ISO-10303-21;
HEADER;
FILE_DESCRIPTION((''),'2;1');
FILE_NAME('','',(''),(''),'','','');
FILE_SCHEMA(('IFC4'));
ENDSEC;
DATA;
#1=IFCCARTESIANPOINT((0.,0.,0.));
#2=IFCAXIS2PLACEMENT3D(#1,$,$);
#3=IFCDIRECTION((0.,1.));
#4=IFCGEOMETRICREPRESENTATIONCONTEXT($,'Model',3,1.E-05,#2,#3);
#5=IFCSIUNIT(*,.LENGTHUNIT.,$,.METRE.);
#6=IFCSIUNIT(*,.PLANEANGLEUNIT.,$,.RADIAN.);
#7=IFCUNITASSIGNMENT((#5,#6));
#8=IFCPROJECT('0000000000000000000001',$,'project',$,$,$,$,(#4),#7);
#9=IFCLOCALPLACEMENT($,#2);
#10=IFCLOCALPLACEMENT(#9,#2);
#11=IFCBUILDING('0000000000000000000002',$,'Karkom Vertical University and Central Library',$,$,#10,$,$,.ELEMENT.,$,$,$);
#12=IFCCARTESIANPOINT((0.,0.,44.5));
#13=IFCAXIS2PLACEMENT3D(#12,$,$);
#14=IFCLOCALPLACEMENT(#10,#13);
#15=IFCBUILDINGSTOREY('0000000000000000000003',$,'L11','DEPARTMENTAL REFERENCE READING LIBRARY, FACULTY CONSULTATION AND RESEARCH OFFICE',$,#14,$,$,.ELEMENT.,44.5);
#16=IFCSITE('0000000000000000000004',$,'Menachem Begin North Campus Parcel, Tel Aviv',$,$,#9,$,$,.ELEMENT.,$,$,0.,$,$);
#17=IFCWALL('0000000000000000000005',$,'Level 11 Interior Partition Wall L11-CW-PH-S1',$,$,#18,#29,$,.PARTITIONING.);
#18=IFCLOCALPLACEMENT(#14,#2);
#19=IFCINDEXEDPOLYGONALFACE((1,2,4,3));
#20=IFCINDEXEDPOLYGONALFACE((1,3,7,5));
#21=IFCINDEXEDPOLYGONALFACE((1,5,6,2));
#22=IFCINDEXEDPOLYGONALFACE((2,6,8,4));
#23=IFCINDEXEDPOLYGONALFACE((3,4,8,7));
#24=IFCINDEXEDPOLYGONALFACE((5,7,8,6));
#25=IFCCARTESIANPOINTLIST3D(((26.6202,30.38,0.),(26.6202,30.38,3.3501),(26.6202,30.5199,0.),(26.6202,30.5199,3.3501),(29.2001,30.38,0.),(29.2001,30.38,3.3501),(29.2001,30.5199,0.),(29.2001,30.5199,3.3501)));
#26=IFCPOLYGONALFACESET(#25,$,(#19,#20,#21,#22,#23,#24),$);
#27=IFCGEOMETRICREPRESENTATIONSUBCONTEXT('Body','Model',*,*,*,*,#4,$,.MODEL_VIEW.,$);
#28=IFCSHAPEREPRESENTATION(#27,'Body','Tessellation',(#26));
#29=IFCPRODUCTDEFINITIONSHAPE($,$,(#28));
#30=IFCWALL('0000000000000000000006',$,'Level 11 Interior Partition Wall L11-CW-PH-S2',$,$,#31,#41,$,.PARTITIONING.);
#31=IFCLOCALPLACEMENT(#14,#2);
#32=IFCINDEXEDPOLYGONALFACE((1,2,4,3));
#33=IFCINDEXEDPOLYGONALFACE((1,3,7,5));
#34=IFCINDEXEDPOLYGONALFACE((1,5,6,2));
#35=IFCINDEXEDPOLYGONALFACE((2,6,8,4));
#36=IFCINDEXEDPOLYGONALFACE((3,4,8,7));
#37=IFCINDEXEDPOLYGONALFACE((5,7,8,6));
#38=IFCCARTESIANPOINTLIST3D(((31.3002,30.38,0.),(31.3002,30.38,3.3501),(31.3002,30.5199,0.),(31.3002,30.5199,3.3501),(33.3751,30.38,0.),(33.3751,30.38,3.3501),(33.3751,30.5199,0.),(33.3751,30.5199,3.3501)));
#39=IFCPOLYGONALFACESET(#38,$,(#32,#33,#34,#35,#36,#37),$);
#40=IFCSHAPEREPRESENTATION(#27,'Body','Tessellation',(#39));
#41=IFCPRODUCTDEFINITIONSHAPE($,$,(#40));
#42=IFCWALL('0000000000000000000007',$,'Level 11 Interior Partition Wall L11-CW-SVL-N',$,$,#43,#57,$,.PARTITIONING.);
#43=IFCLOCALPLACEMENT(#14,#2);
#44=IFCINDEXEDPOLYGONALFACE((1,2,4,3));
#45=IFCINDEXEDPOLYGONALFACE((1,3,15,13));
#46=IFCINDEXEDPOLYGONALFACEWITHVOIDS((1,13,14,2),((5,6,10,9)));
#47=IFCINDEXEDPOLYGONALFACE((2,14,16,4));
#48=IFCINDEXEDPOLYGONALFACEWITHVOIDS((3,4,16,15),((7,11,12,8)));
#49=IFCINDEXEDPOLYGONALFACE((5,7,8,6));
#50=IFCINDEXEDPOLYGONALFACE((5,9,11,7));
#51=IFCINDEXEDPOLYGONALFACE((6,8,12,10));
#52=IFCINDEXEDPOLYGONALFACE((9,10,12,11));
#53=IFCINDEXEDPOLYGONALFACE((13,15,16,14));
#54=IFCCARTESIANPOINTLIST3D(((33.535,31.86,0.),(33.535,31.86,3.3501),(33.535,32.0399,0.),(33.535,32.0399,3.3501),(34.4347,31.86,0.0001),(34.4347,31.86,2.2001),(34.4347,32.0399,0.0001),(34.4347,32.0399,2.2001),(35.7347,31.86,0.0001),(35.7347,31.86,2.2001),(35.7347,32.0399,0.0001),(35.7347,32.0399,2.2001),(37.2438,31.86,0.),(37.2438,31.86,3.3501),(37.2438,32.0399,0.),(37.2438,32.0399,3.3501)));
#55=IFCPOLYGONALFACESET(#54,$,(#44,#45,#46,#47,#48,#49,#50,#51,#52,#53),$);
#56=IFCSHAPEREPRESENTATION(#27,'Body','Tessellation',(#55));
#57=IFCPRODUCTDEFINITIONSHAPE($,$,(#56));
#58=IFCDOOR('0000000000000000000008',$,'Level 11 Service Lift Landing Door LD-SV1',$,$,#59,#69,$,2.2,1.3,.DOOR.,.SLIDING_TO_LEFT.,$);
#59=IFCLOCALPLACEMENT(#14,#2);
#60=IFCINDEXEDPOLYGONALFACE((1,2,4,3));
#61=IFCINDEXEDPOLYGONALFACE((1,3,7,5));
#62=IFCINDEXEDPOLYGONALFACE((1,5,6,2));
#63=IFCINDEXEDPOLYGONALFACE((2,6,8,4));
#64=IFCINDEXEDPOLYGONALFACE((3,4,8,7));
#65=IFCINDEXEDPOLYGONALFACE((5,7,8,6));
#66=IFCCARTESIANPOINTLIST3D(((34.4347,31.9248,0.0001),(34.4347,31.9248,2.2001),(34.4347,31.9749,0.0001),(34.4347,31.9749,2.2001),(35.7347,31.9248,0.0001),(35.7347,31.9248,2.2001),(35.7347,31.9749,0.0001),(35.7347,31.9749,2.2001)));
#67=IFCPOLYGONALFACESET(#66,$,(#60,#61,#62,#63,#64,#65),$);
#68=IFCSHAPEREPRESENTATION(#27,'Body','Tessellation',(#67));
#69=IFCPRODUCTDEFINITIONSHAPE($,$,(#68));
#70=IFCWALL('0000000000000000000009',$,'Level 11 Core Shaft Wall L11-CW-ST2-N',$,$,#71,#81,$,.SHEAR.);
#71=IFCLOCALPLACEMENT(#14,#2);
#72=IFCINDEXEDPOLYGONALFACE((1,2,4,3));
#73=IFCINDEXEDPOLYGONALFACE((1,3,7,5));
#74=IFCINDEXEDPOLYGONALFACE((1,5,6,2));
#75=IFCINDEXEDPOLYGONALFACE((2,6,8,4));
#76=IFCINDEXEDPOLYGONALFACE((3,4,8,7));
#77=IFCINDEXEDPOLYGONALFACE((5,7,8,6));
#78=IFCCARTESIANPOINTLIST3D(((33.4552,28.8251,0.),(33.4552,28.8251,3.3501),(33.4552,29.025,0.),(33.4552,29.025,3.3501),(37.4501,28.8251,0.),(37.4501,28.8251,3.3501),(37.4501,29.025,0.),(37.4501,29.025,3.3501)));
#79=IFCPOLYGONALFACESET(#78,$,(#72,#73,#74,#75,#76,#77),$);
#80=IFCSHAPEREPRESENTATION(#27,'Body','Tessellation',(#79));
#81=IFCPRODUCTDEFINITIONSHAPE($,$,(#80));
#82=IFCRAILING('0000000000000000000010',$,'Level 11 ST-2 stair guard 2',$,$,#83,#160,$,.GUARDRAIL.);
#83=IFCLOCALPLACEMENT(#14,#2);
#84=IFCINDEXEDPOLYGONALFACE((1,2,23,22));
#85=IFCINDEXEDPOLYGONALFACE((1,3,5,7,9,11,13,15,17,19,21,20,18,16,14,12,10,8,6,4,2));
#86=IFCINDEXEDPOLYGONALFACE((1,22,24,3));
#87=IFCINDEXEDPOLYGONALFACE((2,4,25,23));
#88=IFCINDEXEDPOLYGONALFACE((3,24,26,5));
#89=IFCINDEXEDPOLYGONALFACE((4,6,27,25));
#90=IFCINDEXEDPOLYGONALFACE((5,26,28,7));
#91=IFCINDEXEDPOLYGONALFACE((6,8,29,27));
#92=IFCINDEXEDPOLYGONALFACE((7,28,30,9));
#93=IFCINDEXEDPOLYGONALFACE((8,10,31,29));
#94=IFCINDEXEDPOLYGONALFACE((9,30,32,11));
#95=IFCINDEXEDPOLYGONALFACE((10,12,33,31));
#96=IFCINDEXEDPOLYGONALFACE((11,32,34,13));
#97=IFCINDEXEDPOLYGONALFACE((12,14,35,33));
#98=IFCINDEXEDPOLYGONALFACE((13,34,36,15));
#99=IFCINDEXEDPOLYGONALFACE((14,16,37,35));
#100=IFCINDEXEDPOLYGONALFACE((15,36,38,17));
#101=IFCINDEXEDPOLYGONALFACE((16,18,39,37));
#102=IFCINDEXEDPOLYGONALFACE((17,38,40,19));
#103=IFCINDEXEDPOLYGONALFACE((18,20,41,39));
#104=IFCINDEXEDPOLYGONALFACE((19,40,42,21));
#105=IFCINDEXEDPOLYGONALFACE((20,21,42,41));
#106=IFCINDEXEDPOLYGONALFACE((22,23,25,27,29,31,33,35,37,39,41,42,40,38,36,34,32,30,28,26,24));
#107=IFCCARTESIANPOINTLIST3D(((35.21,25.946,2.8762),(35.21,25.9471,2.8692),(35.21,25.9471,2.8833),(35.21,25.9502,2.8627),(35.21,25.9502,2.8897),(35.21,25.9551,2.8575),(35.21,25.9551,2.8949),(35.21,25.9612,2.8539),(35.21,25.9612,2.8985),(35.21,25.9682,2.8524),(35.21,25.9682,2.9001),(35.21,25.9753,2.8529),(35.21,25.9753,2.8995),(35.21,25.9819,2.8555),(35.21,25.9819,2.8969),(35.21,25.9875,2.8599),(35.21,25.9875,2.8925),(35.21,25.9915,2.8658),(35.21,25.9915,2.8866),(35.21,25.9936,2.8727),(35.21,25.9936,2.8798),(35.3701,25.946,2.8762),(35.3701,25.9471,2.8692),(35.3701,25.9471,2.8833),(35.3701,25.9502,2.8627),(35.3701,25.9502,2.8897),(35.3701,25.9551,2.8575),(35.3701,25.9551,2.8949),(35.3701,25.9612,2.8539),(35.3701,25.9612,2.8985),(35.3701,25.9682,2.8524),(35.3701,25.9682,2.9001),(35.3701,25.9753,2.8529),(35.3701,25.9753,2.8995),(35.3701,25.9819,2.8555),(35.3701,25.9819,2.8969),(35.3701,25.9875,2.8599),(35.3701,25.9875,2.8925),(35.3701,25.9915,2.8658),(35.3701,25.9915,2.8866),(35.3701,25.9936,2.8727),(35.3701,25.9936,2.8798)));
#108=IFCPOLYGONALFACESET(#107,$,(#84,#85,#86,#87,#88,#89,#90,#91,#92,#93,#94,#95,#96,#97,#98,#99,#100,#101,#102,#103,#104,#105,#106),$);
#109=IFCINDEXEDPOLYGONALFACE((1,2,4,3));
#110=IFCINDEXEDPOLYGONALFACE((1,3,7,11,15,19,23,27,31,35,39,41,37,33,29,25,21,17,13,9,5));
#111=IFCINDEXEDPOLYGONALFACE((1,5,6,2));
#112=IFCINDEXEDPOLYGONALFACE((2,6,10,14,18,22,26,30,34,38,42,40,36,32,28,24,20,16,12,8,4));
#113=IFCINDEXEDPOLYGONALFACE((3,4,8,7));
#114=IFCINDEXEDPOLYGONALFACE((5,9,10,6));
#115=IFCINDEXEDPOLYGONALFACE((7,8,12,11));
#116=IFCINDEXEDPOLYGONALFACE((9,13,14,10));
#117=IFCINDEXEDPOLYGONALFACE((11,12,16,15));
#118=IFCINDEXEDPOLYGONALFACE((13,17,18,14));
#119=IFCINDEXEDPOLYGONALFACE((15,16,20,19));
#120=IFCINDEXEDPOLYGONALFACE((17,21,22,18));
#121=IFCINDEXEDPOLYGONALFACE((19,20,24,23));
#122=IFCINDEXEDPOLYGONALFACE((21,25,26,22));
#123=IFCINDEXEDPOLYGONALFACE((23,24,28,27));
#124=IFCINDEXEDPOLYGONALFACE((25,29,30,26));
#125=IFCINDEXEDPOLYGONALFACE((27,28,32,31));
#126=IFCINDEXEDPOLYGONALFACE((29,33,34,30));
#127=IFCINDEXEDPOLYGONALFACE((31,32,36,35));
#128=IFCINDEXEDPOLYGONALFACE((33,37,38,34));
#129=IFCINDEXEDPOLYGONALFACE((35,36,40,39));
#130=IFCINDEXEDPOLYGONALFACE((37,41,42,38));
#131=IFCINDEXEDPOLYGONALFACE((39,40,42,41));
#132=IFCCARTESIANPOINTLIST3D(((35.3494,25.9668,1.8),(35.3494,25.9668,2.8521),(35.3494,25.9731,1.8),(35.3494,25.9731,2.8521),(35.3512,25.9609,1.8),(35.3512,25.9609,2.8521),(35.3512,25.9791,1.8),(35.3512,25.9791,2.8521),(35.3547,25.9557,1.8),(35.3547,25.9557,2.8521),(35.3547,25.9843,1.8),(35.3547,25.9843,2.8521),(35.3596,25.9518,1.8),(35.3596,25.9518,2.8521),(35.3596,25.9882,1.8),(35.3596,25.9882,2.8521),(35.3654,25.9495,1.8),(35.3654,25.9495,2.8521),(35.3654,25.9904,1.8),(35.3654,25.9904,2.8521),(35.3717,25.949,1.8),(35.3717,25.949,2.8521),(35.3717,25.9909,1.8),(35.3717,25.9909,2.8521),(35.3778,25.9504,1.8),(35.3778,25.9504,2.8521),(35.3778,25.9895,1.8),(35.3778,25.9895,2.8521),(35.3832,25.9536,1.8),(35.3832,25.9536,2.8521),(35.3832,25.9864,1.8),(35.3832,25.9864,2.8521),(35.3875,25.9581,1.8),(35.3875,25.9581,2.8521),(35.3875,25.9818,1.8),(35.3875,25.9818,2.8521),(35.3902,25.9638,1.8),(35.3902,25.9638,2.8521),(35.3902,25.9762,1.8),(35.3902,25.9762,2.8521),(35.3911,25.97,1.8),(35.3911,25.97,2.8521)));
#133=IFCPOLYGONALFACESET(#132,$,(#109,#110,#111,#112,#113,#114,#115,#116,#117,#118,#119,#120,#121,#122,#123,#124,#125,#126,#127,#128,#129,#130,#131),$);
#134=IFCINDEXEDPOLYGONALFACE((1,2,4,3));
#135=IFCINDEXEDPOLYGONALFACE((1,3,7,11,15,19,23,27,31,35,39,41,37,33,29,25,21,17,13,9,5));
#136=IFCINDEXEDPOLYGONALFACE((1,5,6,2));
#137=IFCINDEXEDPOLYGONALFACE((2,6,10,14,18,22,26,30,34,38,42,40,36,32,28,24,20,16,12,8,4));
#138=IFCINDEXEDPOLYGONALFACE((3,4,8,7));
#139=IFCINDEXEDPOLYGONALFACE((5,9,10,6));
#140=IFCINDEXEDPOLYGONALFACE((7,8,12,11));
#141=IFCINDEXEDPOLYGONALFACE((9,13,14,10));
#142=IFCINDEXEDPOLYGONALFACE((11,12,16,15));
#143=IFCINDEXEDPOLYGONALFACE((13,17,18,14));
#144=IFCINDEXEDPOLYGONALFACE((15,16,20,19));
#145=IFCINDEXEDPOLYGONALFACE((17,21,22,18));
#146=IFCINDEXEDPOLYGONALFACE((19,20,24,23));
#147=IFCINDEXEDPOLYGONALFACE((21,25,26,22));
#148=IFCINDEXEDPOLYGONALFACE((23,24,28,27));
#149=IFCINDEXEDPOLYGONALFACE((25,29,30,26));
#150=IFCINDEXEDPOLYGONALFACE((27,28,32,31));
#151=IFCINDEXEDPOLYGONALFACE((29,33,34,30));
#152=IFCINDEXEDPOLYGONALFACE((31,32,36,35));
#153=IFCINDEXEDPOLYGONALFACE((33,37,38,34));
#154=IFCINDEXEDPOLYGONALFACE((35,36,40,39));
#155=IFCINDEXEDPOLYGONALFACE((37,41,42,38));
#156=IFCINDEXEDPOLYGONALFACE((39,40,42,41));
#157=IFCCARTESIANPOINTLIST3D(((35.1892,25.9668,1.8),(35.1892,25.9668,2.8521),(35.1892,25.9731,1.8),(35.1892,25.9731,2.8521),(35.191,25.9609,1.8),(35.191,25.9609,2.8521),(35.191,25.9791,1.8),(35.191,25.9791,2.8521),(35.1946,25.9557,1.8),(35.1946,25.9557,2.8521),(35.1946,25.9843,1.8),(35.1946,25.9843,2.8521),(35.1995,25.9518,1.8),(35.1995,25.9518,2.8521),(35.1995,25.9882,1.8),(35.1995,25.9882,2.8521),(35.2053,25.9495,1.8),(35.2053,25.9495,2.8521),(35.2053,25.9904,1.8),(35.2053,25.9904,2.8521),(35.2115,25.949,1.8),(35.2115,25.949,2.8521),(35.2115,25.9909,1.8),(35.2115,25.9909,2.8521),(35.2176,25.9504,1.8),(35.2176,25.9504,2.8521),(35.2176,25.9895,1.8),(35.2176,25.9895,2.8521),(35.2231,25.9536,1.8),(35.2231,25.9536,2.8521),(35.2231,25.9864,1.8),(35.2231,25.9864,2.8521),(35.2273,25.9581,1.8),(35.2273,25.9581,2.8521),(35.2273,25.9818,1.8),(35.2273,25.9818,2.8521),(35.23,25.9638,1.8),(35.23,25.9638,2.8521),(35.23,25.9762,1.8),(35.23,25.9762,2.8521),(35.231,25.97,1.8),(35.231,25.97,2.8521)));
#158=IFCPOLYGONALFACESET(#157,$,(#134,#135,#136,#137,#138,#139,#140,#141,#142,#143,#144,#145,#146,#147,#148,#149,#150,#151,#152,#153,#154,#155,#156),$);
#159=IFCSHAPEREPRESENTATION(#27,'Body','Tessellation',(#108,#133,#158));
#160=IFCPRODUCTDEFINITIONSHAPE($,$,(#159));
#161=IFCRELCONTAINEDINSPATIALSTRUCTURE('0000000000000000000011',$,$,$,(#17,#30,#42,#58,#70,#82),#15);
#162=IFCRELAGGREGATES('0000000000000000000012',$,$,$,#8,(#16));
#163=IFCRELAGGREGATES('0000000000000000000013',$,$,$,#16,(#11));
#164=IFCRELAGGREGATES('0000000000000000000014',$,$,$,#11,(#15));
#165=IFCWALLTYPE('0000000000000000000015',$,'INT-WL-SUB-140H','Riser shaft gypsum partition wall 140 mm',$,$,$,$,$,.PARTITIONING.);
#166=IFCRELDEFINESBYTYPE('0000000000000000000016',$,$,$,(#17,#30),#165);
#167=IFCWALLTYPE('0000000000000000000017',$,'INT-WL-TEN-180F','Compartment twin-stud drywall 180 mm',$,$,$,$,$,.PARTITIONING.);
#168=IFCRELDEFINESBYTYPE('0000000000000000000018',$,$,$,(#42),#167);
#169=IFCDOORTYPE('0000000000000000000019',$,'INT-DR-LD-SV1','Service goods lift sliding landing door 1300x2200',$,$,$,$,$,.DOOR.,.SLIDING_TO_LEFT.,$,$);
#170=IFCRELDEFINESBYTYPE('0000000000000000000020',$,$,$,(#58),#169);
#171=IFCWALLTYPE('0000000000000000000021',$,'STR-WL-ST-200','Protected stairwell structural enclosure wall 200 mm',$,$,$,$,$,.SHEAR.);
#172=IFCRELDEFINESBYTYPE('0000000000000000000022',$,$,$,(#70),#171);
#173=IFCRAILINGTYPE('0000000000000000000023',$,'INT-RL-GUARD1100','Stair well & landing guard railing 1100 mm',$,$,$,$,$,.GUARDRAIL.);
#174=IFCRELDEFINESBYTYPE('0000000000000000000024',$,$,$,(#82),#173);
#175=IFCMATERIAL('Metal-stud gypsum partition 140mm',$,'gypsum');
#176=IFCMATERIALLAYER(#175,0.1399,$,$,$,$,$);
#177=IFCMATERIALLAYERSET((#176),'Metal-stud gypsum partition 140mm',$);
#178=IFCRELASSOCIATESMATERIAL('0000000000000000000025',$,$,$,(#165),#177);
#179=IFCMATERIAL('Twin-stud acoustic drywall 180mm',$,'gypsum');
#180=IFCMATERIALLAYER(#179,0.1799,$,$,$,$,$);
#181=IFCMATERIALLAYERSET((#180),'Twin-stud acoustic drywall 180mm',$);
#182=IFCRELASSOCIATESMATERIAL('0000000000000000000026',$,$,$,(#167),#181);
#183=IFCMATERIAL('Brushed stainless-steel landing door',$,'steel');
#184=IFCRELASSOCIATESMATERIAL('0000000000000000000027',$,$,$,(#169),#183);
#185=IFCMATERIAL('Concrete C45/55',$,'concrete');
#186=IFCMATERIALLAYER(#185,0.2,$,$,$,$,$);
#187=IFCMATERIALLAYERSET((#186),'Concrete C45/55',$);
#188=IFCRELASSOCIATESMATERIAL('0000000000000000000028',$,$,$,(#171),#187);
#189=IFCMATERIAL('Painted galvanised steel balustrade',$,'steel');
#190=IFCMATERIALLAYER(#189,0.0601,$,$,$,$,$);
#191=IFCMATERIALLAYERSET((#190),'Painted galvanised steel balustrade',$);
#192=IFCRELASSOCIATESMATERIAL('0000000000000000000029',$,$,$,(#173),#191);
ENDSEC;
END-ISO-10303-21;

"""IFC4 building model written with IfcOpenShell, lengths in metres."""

from ifc_helpers import new_model, si_unit, direction, frame, frame_2d, origin, origin_with_axes, origin_2d, place, context, subcontext, project, spatial, rectangle, circle, extrude, source, transform, mapped, material, layer, layer_set, type_object, element, fill, save


model = new_model("IFC4")

# Units and contexts
model_context = context("Model", 3, precision=1e-05, world=origin(), true_north=direction((0.0, 1.0)))
body_context = subcontext(model_context, "Body", "Model", "MODEL_VIEW")
ifc_project = project(units=[si_unit("LENGTHUNIT", "METRE"), si_unit("PLANEANGLEUNIT", "RADIAN")], contexts=[model_context])

# Site, building, storey
site_placement = place(None, origin())
site = spatial("IfcSite", under=ifc_project, at=site_placement, Name="Menachem Begin North Campus Parcel, Tel Aviv", CompositionType="ELEMENT", RefElevation=0.0)
building_placement = place(site_placement, origin())
building = spatial("IfcBuilding", under=site, at=building_placement, Name="Karkom Vertical University and Central Library", CompositionType="ELEMENT")
storey_placement = place(building_placement, frame((0.0, 0.0, 44.5)))
storey = spatial("IfcBuildingStorey", under=building, at=storey_placement, Name="L11", Description="DEPARTMENTAL REFERENCE READING LIBRARY, FACULTY CONSULTATION AND RESEARCH OFFICE", CompositionType="ELEMENT", Elevation=44.5)

# Walls
ifc_material_1 = material(Name="Metal-stud gypsum partition 140mm", Category="gypsum")
ifc_layer_1 = layer(ifc_material_1, 0.1399)
ifc_layer_set_1 = layer_set([ifc_layer_1], Name="Metal-stud gypsum partition 140mm")
wall_type_1 = type_object("IfcWallType", Name="INT-WL-SUB-140H", Description="Riser shaft gypsum partition wall 140 mm", PredefinedType="PARTITIONING", material=ifc_layer_set_1)
wall_1_placement = place(storey_placement, frame((26.6201, 30.45, 0.0), z_axis=(0.0, 0.0, 1.0), x_axis=(1.0, 0.0, 0.0)))
element("IfcWall", 1, at=wall_1_placement, inside=storey, type_object=wall_type_1, Name="Level 11 Interior Partition Wall L11-CW-PH-S1", PredefinedType="PARTITIONING", context=body_context, shape_type="SweptSolid", body=[
    extrude(rectangle(XDim=2.5798, YDim=0.1399, at=frame_2d((1.29, 0.0))), origin(), (0.0, 0.0, 1.0), 3.3501),
])
wall_2_placement = place(storey_placement, frame((31.3, 30.45, 0.0), z_axis=(0.0, 0.0, 1.0), x_axis=(1.0, 0.0, 0.0)))
element("IfcWall", 2, at=wall_2_placement, inside=storey, type_object=wall_type_1, Name="Level 11 Interior Partition Wall L11-CW-PH-S2", PredefinedType="PARTITIONING", context=body_context, shape_type="SweptSolid", body=[
    extrude(rectangle(XDim=2.075, YDim=0.1399, at=frame_2d((1.0376, 0.0))), origin(), (0.0, 0.0, 1.0), 3.3501),
])

# Wall, opening, door
ifc_material_2 = material(Name="Twin-stud acoustic drywall 180mm", Category="gypsum")
ifc_layer_2 = layer(ifc_material_2, 0.1799)
ifc_layer_set_2 = layer_set([ifc_layer_2], Name="Twin-stud acoustic drywall 180mm")
wall_type_2 = type_object("IfcWallType", Name="INT-WL-TEN-180F", Description="Compartment twin-stud drywall 180 mm", PredefinedType="PARTITIONING", material=ifc_layer_set_2)
wall_3_placement = place(storey_placement, frame((33.5349, 31.95, 0.0), z_axis=(0.0, 0.0, 1.0), x_axis=(1.0, 0.0, 0.0)))
wall_3 = element("IfcWall", 3, at=wall_3_placement, inside=storey, type_object=wall_type_2, Name="Level 11 Interior Partition Wall L11-CW-SVL-N", PredefinedType="PARTITIONING", context=body_context, shape_type="SweptSolid", body=[
    extrude(rectangle(XDim=3.7087, YDim=0.1799, at=frame_2d((1.8545, 0.0))), origin(), (0.0, 0.0, 1.0), 3.3501),
])
opening_1_placement = place(wall_3_placement, frame((0.8999, 0.0, 0.0)))
opening_1 = element("IfcOpeningElement", 4, at=opening_1_placement, cuts=wall_3, PredefinedType="OPENING", context=body_context, shape_type="SweptSolid", body=[
    extrude(rectangle(XDim=1.3, YDim=2.2, at=frame_2d((0.6499, 1.1001))), frame((0.0, 0.1001, 0.0), z_axis=(0.0, -1.0, 0.0), x_axis=(1.0, 0.0, 0.0)), (0.0, 0.0, 1.0), 0.2),
])
ifc_material_3 = material(Name="Brushed stainless-steel landing door", Category="steel")
door_type_1 = type_object("IfcDoorType", Name="INT-DR-LD-SV1", Description="Service goods lift sliding landing door 1300x2200", OperationType="SLIDING_TO_LEFT", PredefinedType="DOOR", material=ifc_material_3)
shared_shape_1 = source(origin_with_axes(), body_context, "Body", "SweptSolid", [
    extrude(rectangle(XDim=1.3, YDim=2.2, at=frame_2d((0.6499, 1.1001))), frame((0.0, 0.0249, 0.0), z_axis=(0.0, -1.0, 0.0), x_axis=(1.0, 0.0, 0.0)), (0.0, 0.0, 1.0), 0.05),
])
door_1_placement = place(opening_1_placement, origin())
door_1 = element("IfcDoor", 5, at=door_1_placement, inside=storey, type_object=door_type_1, Name="Level 11 Service Lift Landing Door LD-SV1", OperationType="SLIDING_TO_LEFT", OverallHeight=2.2, OverallWidth=1.3, PredefinedType="DOOR", context=body_context, shape_type="MappedRepresentation", body=[
    mapped(shared_shape_1, transform((0.0, 0.0, 0.0), scale=1.0)),
])
fill(opening_1, door_1)

# Wall
ifc_material_4 = material(Name="Concrete C45/55", Category="concrete")
ifc_layer_3 = layer(ifc_material_4, 0.2)
ifc_layer_set_3 = layer_set([ifc_layer_3], Name="Concrete C45/55")
wall_type_3 = type_object("IfcWallType", Name="STR-WL-ST-200", Description="Protected stairwell structural enclosure wall 200 mm", PredefinedType="SHEAR", material=ifc_layer_set_3)
wall_4_placement = place(storey_placement, frame((33.4551, 28.925, 0.0), z_axis=(0.0, 0.0, 1.0), x_axis=(1.0, 0.0, 0.0)))
element("IfcWall", 6, at=wall_4_placement, inside=storey, type_object=wall_type_3, Name="Level 11 Core Shaft Wall L11-CW-ST2-N", PredefinedType="SHEAR", context=body_context, shape_type="SweptSolid", body=[
    extrude(rectangle(XDim=3.9949, YDim=0.2, at=frame_2d((1.9976, 0.0))), origin(), (0.0, 0.0, 1.0), 3.3501),
])

# Railing
ifc_material_5 = material(Name="Painted galvanised steel balustrade", Category="steel")
ifc_layer_4 = layer(ifc_material_5, 0.0601)
ifc_layer_set_4 = layer_set([ifc_layer_4], Name="Painted galvanised steel balustrade")
railing_type = type_object("IfcRailingType", Name="INT-RL-GUARD1100", Description="Stair well & landing guard railing 1100 mm", PredefinedType="GUARDRAIL", material=ifc_layer_set_4)
railing_1_placement = place(storey_placement, frame((35.3701, 25.97, 1.8)))
element("IfcRailing", 7, at=railing_1_placement, inside=storey, type_object=railing_type, Name="Level 11 ST-2 stair guard 2", PredefinedType="GUARDRAIL", context=body_context, shape_type="SweptSolid", body=[
    extrude(circle(Radius=0.0239, at=origin_2d()), frame((0.0, 0.0, 1.0762), z_axis=(-1.0, 0.0, 0.0), x_axis=(0.0, -1.0, 0.0)), (0.0, 0.0, 1.0), 0.1602),
    extrude(circle(Radius=0.021, at=origin_2d()), origin(), (0.0, 0.0, 1.0), 1.052),
    extrude(circle(Radius=0.021, at=origin_2d()), frame((-0.1602, 0.0, 0.0)), (0.0, 0.0, 1.0), 1.052),
])

save(model, "model.ifc")
